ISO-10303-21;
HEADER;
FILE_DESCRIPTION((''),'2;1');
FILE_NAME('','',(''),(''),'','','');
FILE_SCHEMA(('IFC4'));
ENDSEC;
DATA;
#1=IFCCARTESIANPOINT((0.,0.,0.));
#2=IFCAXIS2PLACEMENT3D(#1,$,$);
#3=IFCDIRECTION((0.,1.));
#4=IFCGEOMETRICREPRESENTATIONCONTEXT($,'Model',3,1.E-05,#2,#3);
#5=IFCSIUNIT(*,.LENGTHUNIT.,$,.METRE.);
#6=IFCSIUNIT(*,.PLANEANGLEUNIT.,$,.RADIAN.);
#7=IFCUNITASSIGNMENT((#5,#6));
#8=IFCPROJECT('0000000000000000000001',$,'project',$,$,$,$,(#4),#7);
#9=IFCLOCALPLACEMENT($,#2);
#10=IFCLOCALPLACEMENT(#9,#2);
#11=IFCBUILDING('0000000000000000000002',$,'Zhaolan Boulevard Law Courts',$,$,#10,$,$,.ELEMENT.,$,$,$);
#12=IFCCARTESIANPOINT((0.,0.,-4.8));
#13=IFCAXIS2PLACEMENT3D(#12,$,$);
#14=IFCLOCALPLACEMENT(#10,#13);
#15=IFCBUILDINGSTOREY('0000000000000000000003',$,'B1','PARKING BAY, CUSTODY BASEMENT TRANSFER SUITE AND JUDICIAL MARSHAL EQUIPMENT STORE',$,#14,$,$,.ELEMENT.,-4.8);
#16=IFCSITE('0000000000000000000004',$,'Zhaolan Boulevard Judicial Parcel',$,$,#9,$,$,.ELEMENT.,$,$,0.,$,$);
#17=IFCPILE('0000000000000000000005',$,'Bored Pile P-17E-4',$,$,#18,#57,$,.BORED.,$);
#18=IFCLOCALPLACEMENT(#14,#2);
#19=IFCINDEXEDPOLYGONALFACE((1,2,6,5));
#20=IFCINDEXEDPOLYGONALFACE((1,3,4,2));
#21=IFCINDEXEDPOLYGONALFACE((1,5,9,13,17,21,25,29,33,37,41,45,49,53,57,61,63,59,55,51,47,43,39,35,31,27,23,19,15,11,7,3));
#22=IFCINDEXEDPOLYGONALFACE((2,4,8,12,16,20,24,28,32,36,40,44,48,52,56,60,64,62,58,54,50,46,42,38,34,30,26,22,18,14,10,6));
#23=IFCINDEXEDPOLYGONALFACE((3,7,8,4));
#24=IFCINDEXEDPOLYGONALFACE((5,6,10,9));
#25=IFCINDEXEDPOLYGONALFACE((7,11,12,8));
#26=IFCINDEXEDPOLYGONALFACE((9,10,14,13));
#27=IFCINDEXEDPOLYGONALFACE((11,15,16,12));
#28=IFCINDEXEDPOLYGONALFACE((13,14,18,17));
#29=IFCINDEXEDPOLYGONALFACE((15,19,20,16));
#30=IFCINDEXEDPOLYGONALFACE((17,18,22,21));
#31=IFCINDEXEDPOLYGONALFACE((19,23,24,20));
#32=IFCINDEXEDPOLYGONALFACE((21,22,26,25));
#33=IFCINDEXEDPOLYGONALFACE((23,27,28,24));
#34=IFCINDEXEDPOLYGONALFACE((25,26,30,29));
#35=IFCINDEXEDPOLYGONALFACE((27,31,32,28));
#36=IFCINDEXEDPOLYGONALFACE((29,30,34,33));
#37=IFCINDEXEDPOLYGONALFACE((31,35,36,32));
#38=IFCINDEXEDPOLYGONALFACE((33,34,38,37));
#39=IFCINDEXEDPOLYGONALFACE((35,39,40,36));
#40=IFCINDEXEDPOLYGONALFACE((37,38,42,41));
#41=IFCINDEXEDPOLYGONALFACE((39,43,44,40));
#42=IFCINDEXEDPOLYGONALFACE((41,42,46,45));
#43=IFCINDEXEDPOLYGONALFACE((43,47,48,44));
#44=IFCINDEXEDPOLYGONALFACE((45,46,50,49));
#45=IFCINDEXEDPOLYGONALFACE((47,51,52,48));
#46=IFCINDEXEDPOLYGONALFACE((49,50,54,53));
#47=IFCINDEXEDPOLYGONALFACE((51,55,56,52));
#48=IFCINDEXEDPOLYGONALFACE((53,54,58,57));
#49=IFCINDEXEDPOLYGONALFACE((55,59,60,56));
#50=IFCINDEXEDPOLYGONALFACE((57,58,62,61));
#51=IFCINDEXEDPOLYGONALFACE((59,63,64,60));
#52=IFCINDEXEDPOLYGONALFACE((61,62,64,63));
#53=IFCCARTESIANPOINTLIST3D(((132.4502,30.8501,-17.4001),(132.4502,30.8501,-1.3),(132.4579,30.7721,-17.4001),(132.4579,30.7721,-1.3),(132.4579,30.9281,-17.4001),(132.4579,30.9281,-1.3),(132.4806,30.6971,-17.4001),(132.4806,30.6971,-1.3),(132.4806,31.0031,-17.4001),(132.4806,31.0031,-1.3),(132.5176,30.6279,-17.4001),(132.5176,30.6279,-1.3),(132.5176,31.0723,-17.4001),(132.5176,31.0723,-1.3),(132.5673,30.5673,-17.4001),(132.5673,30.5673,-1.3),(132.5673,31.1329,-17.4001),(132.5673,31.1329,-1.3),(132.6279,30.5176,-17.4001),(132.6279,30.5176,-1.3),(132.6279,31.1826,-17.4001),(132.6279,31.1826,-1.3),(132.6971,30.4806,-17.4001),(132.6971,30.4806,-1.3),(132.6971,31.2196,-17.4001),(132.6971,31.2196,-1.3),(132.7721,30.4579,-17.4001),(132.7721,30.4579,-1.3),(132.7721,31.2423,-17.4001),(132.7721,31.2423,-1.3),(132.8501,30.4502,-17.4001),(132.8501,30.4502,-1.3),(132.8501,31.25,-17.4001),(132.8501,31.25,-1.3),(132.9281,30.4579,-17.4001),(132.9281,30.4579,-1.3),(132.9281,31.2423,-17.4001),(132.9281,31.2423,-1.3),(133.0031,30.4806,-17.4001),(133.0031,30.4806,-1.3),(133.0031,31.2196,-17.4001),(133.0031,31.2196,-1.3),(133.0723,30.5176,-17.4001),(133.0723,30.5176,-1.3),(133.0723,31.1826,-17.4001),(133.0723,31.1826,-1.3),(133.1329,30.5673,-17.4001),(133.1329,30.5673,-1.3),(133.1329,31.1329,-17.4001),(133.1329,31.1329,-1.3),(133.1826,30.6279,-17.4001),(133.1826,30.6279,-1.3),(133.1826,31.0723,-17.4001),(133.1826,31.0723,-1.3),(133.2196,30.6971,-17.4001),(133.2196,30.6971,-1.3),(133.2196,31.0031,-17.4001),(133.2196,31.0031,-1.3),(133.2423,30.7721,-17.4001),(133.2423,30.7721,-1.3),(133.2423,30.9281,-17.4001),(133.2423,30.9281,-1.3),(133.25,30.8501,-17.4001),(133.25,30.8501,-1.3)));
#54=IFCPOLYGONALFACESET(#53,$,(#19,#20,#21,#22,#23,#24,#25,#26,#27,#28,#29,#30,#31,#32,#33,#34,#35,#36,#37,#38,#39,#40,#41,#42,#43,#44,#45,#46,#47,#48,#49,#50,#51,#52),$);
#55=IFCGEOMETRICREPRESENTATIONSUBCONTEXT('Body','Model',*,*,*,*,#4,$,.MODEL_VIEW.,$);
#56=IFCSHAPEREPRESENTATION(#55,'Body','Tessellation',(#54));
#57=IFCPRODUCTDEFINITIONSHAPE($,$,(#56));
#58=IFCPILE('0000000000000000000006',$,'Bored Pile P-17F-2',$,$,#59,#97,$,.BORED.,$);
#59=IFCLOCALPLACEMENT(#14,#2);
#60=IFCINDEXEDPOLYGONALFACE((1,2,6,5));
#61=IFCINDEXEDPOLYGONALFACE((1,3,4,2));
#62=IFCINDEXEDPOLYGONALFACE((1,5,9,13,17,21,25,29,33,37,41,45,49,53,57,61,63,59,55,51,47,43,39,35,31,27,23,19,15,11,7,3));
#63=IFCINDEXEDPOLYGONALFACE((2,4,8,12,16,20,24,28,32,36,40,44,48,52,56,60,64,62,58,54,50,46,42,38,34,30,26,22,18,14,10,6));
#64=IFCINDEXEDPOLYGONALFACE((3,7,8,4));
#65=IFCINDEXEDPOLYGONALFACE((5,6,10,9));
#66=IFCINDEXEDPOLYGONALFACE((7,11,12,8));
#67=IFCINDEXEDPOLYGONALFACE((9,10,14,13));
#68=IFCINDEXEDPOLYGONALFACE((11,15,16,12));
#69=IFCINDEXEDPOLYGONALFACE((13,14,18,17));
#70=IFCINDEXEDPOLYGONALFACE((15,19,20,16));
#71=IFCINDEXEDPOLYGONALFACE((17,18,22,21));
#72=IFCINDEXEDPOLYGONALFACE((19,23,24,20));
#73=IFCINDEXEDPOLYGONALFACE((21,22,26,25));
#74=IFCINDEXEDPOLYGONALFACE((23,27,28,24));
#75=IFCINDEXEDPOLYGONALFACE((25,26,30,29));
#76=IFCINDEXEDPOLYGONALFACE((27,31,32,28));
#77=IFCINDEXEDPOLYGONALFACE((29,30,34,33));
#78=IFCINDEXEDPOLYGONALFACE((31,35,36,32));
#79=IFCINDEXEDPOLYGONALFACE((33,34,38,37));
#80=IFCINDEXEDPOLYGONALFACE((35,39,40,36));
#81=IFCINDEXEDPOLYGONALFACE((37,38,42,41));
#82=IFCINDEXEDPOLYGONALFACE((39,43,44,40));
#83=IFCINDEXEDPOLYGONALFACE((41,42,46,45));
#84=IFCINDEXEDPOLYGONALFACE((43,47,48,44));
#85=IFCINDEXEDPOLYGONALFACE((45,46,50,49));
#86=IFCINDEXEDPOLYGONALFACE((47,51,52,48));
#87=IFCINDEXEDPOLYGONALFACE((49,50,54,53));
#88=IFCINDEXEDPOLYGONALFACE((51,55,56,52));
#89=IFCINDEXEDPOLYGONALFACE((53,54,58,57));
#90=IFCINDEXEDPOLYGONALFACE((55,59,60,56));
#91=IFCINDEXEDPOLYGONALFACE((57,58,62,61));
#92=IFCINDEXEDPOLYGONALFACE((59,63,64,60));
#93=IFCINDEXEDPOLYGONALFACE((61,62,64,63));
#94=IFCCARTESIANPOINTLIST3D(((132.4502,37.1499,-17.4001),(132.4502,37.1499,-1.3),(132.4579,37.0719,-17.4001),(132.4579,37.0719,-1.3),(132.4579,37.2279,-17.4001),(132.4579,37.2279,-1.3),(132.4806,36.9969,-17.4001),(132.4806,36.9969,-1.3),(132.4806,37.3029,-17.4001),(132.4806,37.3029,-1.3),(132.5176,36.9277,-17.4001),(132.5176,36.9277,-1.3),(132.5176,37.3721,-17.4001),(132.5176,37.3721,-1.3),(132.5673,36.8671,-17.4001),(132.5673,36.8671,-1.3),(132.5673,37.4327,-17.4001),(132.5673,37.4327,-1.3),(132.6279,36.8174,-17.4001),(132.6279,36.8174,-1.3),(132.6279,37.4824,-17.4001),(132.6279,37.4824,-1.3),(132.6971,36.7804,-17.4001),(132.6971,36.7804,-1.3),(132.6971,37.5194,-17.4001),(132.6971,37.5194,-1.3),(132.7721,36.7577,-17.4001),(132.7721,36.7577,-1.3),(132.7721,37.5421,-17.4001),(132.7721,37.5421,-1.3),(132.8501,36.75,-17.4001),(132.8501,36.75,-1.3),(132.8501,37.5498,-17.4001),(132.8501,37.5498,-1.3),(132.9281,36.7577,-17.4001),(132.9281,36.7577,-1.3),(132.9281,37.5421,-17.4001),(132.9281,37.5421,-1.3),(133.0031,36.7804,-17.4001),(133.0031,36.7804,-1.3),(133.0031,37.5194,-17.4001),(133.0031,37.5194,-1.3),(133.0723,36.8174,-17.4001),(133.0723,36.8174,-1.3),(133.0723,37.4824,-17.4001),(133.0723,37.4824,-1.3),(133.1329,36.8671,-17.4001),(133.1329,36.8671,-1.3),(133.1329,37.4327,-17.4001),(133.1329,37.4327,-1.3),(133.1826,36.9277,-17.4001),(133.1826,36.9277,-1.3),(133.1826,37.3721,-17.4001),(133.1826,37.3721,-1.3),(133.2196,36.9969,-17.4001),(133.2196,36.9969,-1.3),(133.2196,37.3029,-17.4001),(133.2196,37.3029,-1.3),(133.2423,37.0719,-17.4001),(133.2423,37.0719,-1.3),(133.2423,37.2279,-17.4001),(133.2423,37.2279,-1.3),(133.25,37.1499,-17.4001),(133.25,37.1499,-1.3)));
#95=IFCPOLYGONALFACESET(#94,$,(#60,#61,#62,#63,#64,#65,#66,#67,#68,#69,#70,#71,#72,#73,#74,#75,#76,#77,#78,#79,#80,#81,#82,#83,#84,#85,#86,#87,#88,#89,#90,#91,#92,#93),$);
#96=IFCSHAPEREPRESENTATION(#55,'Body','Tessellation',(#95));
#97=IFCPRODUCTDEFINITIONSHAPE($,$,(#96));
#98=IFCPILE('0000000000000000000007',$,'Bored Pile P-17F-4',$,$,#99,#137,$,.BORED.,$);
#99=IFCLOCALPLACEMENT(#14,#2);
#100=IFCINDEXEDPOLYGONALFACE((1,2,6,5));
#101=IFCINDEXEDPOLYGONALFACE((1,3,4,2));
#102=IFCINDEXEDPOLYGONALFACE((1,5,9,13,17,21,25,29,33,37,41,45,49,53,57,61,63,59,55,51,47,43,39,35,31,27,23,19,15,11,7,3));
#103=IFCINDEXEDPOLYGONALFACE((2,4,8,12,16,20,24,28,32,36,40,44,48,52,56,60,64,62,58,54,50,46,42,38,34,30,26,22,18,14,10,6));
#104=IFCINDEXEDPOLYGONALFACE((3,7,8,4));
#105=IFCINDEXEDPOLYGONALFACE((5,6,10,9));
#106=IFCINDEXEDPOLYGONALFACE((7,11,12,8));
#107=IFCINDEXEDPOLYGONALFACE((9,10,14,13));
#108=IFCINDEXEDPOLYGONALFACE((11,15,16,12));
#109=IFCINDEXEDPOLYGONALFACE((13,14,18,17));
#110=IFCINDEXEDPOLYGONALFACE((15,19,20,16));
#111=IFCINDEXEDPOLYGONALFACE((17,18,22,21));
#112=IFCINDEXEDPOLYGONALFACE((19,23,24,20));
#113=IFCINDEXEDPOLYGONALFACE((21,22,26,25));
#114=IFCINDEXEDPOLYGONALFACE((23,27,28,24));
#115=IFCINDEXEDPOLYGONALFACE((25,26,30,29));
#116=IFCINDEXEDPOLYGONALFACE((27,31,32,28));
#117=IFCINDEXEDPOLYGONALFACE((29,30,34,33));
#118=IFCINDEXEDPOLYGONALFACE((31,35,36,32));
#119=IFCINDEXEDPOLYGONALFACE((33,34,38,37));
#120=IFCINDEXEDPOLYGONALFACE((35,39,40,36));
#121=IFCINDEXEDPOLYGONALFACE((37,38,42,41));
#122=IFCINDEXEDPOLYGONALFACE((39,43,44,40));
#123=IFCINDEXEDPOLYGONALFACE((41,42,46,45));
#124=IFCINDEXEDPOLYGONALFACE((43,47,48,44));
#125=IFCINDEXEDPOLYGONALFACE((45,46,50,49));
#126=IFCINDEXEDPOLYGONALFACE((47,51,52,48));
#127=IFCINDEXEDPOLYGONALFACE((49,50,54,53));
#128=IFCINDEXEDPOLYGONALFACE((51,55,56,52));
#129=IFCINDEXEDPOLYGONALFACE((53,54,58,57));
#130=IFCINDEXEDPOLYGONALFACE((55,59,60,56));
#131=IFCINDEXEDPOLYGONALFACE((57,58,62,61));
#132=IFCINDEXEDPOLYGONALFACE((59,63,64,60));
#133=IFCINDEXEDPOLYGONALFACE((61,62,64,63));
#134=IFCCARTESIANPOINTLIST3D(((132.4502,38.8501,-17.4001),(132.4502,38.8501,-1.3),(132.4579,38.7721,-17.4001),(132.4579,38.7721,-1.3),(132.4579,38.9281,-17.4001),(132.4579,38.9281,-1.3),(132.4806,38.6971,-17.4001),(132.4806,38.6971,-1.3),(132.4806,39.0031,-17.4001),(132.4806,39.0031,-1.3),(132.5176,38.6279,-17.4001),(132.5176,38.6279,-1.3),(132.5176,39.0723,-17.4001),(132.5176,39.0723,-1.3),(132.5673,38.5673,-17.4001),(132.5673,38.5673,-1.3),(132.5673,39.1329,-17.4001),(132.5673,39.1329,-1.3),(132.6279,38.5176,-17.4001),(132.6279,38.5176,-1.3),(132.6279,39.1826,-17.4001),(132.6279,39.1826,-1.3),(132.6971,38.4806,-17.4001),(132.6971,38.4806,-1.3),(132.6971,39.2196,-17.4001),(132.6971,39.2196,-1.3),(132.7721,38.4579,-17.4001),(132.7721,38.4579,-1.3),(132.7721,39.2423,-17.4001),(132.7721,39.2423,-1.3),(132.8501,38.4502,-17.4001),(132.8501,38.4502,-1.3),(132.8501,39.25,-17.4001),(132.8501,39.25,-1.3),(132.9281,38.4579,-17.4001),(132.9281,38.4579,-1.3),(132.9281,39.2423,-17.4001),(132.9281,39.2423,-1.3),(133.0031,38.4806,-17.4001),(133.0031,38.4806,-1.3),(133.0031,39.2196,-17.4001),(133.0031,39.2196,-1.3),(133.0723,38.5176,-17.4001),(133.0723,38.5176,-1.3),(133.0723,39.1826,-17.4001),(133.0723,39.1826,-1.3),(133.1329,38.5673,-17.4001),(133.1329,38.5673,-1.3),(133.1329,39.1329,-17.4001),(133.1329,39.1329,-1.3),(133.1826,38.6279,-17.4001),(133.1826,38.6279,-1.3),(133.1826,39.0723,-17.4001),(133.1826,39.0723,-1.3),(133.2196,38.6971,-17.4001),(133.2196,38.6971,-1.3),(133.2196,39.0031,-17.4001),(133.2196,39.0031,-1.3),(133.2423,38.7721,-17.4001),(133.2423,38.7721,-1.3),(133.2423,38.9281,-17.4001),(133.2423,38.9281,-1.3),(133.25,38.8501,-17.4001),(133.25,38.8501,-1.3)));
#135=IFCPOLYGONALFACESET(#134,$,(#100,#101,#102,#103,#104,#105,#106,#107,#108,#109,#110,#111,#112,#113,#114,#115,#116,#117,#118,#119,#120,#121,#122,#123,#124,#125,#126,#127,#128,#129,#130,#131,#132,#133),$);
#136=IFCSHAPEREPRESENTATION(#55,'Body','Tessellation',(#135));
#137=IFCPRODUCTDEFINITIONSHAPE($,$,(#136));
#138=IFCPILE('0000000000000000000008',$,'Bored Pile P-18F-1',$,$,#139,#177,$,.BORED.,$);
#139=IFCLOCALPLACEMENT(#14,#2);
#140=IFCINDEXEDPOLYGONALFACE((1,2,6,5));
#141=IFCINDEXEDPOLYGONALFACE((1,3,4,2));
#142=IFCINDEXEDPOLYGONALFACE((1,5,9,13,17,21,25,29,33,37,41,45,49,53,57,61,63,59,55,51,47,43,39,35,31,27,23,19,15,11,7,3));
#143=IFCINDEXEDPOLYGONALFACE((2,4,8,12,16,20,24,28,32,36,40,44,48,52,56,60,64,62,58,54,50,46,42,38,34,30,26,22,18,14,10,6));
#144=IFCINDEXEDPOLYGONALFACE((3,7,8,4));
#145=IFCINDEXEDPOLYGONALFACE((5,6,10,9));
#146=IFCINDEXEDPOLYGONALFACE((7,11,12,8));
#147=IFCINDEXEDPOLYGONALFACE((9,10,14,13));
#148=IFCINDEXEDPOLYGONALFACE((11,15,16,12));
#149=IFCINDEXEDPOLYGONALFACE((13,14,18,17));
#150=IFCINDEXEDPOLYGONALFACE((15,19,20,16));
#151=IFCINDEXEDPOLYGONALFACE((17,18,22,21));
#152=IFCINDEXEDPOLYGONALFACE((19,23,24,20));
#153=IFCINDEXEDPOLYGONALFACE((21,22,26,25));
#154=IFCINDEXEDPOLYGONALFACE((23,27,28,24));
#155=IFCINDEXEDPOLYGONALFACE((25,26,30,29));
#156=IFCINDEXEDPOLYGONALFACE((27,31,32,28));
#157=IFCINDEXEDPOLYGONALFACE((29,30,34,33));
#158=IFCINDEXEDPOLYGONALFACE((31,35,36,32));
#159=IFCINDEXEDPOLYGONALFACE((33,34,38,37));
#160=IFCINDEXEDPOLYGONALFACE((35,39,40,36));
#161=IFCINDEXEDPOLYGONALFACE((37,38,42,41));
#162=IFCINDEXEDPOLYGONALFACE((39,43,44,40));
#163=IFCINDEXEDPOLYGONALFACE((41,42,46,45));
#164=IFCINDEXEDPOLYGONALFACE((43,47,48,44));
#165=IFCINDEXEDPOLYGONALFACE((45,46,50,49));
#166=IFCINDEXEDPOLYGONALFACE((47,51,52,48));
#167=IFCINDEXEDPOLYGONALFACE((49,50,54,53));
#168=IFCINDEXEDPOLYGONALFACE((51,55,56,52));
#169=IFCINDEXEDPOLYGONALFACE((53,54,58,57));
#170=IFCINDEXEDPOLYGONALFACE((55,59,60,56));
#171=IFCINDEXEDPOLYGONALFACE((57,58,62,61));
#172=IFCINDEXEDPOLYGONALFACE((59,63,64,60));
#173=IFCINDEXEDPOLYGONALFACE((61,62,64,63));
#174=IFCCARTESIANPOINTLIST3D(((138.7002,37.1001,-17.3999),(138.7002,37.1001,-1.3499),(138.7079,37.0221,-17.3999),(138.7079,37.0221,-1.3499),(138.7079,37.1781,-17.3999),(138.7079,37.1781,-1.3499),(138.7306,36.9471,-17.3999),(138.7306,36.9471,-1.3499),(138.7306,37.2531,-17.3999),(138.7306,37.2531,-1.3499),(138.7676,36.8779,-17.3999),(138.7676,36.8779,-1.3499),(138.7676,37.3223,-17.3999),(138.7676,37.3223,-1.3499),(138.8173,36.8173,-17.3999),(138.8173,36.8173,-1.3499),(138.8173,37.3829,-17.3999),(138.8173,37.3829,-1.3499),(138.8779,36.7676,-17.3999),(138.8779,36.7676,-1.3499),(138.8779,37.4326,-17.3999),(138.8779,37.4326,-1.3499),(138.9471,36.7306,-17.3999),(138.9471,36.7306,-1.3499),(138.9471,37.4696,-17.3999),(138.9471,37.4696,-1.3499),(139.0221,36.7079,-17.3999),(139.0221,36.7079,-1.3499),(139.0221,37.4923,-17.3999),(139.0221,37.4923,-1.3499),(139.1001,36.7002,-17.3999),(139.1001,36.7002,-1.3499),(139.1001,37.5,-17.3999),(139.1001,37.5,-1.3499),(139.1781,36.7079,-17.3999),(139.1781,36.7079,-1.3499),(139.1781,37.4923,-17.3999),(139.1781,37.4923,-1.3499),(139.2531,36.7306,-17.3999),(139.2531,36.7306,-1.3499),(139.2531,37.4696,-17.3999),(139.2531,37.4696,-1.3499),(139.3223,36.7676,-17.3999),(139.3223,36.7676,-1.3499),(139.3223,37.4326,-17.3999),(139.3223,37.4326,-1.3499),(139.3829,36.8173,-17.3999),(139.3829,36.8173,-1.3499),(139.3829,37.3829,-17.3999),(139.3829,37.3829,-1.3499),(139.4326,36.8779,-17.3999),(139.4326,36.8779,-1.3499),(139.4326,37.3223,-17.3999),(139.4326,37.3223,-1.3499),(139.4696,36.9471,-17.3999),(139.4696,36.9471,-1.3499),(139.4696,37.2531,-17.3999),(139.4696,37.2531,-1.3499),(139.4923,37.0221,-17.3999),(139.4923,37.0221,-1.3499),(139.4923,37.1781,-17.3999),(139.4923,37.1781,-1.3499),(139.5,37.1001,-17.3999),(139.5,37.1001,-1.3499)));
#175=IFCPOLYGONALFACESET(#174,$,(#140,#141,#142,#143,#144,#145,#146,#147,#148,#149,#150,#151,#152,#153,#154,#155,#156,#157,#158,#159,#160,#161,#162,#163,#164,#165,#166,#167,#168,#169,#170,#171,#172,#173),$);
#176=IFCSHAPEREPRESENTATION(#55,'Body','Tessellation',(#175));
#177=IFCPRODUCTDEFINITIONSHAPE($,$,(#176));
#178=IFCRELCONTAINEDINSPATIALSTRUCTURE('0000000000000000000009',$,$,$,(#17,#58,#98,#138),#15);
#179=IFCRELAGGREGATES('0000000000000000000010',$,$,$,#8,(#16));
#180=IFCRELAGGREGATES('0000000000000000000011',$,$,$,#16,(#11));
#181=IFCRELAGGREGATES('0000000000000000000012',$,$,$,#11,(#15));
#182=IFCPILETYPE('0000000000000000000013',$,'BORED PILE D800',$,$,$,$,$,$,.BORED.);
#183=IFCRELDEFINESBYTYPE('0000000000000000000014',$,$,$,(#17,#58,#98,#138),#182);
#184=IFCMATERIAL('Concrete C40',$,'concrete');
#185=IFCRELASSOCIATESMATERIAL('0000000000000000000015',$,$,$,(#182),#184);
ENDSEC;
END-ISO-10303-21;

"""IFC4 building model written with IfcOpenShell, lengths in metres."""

from ifc_helpers import new_model, si_unit, direction, frame, origin, origin_2d, place, context, subcontext, project, spatial, circle, extrude, material, material_profile, profile_set, type_object, element, save


model = new_model("IFC4")

# Units and contexts
model_context = context("Model", 3, precision=1e-05, world=origin(), true_north=direction((0.0, 1.0)))
body_context = subcontext(model_context, "Body", "Model", "MODEL_VIEW")
ifc_project = project(units=[si_unit("LENGTHUNIT", "METRE"), si_unit("PLANEANGLEUNIT", "RADIAN")], contexts=[model_context])

# Site, building, storey
site_placement = place(None, origin())
site = spatial("IfcSite", under=ifc_project, at=site_placement, Name="Zhaolan Boulevard Judicial Parcel", CompositionType="ELEMENT", RefElevation=0.0)
building_placement = place(site_placement, origin())
building = spatial("IfcBuilding", under=site, at=building_placement, Name="Zhaolan Boulevard Law Courts", CompositionType="ELEMENT")
storey_placement = place(building_placement, frame((0.0, 0.0, -4.8)))
storey = spatial("IfcBuildingStorey", under=building, at=storey_placement, Name="B1", Description="PARKING BAY, CUSTODY BASEMENT TRANSFER SUITE AND JUDICIAL MARSHAL EQUIPMENT STORE", CompositionType="ELEMENT", Elevation=-4.8)

# Piles
ifc_material_1 = material(Name="Concrete C40", Category="concrete")
ifc_material_profile_1 = material_profile(ifc_material_1, circle(Radius=0.3999, at=origin_2d()), Name="PILE-D800")
ifc_profile_set_1 = profile_set([ifc_material_profile_1], Name="Concrete C40")
pile_type = type_object("IfcPileType", Name="BORED PILE D800", PredefinedType="BORED", material=ifc_profile_set_1)
for number, where, z_axis, x_axis, name in (
    (1, (132.8501, 30.8501, -1.3), (0.0, 0.0, -1.0), (1.0, 0.0, 0.0), "Bored Pile P-17E-4"),
    (2, (132.8501, 37.1499, -1.3), (0.0, 0.0, -1.0), (1.0, 0.0, 0.0), "Bored Pile P-17F-2"),
    (3, (132.8501, 38.8501, -1.3), (0.0, 0.0, -1.0), (1.0, 0.0, 0.0), "Bored Pile P-17F-4"),
):
    element("IfcPile", number, at=place(storey_placement, frame(where, z_axis=z_axis, x_axis=x_axis)), inside=storey, type_object=pile_type, Name=name, PredefinedType="BORED", context=body_context, shape_type="SweptSolid", body=[
        extrude(circle(Radius=0.3999, at=origin_2d()), origin(), (0.0, 0.0, 1.0), 16.1001),
    ])
for number, where, z_axis, x_axis, name in (
    (4, (139.1001, 37.1001, -1.3499), (0.0, 0.0, -1.0), (1.0, 0.0, 0.0), "Bored Pile P-18F-1"),
):
    element("IfcPile", number, at=place(storey_placement, frame(where, z_axis=z_axis, x_axis=x_axis)), inside=storey, type_object=pile_type, Name=name, PredefinedType="BORED", context=body_context, shape_type="SweptSolid", body=[
        extrude(circle(Radius=0.3999, at=origin_2d()), origin(), (0.0, 0.0, 1.0), 16.05),
    ])

save(model, "model.ifc")
